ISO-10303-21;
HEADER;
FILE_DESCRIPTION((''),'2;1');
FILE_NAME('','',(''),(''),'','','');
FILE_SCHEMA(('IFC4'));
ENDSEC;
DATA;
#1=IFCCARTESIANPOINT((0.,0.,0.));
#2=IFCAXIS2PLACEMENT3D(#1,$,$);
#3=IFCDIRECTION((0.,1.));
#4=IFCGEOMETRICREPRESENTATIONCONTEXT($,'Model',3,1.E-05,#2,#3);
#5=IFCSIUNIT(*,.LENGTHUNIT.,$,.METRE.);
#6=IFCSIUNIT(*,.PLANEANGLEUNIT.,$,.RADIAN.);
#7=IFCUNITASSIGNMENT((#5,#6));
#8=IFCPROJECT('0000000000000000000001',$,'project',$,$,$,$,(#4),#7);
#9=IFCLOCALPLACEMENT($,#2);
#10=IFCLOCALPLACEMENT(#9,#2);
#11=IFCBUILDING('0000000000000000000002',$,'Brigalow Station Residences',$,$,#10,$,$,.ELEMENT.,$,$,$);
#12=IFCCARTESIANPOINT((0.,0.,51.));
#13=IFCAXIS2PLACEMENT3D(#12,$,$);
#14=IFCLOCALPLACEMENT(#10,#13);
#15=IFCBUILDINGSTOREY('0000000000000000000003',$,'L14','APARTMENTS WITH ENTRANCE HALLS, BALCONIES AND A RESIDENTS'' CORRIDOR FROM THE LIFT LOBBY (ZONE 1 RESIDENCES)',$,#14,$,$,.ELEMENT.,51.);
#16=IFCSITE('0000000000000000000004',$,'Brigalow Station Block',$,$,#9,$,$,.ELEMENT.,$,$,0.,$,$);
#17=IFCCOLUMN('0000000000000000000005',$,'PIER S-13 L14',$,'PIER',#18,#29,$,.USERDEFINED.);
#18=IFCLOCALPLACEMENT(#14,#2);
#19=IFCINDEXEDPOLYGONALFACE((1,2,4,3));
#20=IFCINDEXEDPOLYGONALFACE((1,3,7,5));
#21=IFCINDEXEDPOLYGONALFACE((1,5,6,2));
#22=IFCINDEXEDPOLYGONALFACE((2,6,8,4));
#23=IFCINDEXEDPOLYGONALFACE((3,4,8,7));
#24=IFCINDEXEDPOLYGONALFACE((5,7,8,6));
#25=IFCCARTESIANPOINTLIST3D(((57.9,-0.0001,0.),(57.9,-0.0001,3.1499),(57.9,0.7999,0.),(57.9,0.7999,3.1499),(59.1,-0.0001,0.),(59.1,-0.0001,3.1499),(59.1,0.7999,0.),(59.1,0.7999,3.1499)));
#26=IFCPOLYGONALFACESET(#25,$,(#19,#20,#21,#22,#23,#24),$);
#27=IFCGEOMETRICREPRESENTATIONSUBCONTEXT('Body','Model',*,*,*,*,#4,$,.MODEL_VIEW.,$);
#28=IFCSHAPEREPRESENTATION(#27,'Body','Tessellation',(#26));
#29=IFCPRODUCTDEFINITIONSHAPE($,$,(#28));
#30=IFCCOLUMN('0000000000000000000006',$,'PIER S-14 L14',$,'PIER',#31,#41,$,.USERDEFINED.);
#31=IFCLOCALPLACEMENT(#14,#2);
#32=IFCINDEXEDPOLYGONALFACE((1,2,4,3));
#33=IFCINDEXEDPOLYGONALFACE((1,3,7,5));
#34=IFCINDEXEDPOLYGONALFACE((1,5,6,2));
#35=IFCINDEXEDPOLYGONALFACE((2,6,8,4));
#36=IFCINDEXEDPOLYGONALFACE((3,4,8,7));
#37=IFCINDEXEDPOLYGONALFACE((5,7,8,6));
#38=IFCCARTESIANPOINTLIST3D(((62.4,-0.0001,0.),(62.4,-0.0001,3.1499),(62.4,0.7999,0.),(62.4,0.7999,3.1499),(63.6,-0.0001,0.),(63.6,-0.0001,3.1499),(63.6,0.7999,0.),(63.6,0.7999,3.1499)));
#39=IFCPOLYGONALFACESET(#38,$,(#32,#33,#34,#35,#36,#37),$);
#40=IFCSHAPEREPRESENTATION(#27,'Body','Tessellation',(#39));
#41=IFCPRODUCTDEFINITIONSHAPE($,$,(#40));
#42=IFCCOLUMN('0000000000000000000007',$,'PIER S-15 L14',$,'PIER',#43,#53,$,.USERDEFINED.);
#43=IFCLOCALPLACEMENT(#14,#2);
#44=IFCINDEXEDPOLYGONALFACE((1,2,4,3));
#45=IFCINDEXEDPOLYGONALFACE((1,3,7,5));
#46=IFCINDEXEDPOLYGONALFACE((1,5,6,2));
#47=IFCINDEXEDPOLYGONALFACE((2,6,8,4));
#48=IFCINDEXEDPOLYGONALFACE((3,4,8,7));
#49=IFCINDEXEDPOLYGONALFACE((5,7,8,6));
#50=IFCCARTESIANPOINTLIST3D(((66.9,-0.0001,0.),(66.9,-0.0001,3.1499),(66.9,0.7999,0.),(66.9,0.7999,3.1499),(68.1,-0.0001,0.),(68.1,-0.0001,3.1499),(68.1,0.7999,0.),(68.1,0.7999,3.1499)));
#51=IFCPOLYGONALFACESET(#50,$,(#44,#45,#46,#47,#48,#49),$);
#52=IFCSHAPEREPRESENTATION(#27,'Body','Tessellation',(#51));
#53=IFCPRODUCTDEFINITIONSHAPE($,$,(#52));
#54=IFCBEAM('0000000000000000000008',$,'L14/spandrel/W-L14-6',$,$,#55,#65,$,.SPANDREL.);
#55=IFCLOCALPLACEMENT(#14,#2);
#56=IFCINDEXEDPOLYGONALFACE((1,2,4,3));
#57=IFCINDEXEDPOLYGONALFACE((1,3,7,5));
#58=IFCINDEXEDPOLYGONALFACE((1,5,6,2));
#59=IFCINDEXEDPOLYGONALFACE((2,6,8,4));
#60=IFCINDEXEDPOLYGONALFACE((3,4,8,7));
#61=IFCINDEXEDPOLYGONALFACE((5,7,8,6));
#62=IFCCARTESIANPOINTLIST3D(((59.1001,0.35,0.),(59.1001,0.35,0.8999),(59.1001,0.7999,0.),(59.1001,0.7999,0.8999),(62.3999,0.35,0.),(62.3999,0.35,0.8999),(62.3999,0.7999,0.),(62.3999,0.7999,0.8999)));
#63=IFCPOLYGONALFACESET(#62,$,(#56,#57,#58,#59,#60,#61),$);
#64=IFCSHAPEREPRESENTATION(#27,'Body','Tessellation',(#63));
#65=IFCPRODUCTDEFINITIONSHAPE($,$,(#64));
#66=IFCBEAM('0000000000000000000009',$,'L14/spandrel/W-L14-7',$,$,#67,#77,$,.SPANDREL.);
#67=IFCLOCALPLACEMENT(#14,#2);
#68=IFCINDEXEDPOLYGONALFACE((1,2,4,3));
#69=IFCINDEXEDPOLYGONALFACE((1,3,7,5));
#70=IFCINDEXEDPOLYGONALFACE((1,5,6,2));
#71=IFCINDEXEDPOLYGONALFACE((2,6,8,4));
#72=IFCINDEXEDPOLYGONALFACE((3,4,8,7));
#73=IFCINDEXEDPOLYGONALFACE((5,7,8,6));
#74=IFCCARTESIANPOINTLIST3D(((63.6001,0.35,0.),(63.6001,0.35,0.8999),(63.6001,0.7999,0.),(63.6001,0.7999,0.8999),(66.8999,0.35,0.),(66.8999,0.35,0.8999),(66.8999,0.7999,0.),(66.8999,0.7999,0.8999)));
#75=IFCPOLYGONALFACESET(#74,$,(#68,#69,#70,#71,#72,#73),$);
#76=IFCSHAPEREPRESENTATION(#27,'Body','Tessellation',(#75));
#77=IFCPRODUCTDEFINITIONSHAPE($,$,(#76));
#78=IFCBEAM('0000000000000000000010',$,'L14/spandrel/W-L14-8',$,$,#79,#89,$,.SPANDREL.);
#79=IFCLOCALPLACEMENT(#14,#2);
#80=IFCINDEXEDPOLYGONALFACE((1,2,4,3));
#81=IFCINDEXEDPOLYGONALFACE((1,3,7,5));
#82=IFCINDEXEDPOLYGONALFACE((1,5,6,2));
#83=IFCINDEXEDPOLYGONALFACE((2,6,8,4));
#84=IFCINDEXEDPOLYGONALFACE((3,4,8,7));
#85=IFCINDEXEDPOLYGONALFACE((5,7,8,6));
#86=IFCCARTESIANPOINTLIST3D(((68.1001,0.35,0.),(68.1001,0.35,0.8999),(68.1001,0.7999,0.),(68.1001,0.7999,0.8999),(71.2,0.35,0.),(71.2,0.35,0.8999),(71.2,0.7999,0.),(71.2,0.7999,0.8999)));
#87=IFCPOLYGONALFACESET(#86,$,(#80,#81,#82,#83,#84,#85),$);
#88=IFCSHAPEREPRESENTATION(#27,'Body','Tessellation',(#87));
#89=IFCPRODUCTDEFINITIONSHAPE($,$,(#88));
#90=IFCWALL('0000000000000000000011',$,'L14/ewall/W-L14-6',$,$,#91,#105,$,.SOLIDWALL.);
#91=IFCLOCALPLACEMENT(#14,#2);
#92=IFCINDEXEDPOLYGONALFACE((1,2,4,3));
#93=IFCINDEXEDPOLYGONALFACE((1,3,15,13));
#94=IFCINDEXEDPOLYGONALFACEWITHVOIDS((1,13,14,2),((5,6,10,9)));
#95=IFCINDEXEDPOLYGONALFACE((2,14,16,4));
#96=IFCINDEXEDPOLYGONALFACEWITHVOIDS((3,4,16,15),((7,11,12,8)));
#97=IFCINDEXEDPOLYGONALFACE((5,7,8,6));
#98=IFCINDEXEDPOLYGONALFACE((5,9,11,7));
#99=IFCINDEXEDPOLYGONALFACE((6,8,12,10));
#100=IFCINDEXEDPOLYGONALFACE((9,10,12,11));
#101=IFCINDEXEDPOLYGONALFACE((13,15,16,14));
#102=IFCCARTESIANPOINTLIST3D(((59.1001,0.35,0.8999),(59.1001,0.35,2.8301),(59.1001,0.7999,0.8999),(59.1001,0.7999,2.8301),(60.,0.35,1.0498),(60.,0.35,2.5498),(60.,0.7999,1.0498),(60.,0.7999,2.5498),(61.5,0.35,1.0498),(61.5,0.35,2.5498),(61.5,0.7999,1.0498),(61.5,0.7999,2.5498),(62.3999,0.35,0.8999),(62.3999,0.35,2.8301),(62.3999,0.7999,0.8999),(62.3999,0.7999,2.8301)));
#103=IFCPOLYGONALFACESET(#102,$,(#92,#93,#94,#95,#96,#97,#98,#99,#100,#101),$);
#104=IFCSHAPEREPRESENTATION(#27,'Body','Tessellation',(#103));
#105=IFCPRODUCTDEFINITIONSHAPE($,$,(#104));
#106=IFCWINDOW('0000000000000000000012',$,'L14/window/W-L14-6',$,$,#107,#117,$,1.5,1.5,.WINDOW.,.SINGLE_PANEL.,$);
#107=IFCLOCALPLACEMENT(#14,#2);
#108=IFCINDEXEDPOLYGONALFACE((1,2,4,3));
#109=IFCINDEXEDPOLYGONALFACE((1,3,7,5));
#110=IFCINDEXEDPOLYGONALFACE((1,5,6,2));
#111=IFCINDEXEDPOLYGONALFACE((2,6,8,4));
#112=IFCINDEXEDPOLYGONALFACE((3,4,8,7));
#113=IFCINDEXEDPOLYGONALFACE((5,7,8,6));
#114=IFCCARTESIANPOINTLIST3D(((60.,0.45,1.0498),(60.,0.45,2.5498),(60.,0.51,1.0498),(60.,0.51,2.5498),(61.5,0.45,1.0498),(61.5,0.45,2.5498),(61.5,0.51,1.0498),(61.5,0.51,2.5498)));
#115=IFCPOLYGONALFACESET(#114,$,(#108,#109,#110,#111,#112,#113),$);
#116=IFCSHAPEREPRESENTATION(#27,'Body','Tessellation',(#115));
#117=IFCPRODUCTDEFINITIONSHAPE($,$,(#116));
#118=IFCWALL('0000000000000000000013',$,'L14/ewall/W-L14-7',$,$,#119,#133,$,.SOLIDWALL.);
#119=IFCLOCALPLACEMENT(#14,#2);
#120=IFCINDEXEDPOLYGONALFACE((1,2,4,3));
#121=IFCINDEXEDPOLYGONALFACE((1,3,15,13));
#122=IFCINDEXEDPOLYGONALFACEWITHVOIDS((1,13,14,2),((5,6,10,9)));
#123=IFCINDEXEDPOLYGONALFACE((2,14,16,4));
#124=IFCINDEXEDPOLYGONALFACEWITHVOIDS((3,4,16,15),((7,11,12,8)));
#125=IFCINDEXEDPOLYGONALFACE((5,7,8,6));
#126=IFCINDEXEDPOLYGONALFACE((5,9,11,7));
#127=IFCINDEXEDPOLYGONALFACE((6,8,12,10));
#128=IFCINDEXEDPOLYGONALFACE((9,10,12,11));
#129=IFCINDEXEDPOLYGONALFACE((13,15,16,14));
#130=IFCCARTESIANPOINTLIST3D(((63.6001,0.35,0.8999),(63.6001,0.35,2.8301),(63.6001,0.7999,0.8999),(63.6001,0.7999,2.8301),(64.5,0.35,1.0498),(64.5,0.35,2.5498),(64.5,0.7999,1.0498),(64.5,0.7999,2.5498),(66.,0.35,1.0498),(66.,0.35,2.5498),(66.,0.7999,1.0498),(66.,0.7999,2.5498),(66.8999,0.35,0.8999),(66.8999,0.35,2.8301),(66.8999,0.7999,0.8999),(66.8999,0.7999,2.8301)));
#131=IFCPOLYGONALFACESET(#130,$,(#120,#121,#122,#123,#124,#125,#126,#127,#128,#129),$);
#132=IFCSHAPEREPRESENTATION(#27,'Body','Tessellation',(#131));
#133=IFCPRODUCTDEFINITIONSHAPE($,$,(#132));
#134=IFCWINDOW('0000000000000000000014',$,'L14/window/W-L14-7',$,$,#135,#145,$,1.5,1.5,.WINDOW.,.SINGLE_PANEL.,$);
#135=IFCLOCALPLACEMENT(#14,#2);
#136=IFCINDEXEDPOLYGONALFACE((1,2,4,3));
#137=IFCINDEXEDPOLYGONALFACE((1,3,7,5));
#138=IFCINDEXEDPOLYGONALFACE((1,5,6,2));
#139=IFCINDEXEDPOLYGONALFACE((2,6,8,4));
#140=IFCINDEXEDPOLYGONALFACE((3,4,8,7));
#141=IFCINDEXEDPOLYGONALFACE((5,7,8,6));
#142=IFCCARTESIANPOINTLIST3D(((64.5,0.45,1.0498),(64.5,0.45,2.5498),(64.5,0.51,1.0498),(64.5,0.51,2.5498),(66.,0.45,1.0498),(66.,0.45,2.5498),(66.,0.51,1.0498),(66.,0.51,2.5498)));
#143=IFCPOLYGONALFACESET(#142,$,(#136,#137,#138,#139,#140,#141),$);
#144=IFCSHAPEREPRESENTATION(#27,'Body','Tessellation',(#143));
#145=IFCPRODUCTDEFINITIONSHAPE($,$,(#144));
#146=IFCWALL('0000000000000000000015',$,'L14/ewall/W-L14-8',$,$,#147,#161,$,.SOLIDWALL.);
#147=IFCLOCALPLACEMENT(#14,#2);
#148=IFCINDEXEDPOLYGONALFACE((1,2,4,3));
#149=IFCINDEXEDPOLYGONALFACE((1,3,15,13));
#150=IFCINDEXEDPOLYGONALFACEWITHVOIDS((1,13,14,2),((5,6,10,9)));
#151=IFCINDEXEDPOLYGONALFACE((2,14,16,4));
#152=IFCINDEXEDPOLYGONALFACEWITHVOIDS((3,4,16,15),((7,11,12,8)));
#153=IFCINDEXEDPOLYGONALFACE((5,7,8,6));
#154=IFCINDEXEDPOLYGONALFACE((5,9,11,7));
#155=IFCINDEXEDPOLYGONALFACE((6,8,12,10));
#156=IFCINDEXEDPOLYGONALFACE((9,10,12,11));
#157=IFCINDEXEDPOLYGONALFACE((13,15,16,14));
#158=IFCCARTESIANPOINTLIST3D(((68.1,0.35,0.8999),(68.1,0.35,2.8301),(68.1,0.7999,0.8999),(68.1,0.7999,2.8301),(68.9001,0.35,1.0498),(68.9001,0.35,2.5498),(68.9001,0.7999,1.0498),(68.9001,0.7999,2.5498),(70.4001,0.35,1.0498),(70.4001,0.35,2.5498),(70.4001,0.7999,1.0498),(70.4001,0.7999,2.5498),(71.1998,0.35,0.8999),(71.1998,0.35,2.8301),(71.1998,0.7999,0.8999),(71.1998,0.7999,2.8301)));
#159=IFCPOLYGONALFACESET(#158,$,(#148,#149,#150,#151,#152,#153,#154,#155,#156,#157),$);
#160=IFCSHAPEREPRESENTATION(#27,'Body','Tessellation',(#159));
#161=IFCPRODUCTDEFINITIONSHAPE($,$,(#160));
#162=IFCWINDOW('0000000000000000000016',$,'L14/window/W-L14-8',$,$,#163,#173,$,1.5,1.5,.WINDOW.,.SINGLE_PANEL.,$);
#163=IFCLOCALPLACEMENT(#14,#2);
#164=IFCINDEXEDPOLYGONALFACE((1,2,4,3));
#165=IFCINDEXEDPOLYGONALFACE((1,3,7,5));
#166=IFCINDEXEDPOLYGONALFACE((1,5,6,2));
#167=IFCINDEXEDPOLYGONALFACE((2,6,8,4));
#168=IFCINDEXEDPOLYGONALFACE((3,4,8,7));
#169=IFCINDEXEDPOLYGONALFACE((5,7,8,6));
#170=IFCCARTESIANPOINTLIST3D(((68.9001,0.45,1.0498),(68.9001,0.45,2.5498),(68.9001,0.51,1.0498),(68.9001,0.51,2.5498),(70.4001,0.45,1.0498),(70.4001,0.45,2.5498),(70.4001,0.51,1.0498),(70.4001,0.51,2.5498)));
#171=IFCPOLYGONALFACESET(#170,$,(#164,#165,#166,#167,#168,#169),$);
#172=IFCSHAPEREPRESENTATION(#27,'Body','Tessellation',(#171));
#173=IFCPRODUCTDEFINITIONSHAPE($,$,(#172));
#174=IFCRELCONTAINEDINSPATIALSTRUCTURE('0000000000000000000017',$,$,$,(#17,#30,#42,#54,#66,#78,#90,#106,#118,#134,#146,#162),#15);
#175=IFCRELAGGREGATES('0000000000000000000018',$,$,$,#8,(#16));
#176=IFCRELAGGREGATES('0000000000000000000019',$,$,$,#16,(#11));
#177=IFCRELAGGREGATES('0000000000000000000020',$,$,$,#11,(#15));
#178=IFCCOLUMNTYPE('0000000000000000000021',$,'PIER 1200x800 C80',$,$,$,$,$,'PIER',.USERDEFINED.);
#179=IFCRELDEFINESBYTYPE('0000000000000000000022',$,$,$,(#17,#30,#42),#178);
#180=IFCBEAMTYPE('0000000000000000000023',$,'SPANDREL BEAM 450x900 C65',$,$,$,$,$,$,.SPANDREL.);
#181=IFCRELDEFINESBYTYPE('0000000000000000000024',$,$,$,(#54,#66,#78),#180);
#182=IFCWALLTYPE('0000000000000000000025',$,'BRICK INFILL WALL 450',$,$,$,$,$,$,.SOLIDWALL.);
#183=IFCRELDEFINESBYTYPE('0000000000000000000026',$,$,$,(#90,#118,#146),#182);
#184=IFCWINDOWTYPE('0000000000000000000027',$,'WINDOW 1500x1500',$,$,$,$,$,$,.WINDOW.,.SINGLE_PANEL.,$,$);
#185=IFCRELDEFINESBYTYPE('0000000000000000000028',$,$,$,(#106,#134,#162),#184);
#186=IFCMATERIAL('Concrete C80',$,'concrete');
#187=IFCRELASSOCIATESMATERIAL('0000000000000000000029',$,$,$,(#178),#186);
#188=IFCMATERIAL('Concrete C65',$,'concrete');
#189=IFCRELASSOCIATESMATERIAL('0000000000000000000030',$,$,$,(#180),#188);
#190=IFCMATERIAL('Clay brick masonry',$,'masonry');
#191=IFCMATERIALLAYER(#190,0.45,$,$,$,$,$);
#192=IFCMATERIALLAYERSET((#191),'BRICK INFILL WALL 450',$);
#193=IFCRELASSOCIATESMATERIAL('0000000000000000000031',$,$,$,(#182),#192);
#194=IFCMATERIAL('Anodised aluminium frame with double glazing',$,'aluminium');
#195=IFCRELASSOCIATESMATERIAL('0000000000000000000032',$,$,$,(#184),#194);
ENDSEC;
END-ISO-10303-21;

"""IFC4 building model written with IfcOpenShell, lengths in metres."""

from ifc_helpers import new_model, si_unit, direction, frame, frame_2d, origin, origin_2d, place, context, subcontext, project, spatial, rectangle, extrude, material, layer, layer_set, material_profile, profile_set, type_object, element, fill, save


model = new_model("IFC4")

# Units and contexts
model_context = context("Model", 3, precision=1e-05, world=origin(), true_north=direction((0.0, 1.0)))
body_context = subcontext(model_context, "Body", "Model", "MODEL_VIEW")
ifc_project = project(units=[si_unit("LENGTHUNIT", "METRE"), si_unit("PLANEANGLEUNIT", "RADIAN")], contexts=[model_context])

# Site, building, storey
site_placement = place(None, origin())
site = spatial("IfcSite", under=ifc_project, at=site_placement, Name="Brigalow Station Block", CompositionType="ELEMENT", RefElevation=0.0)
building_placement = place(site_placement, origin())
building = spatial("IfcBuilding", under=site, at=building_placement, Name="Brigalow Station Residences", CompositionType="ELEMENT")
storey_placement = place(building_placement, frame((0.0, 0.0, 51.0)))
storey = spatial("IfcBuildingStorey", under=building, at=storey_placement, Name="L14", Description="APARTMENTS WITH ENTRANCE HALLS, BALCONIES AND A RESIDENTS' CORRIDOR FROM THE LIFT LOBBY (ZONE 1 RESIDENCES)", CompositionType="ELEMENT", Elevation=51.0)

# Columns
ifc_material_1 = material(Name="Concrete C80", Category="concrete")
ifc_material_profile_1 = material_profile(ifc_material_1, rectangle(XDim=1.2, YDim=0.8, at=origin_2d()), Name="RC1200x800")
ifc_profile_set_1 = profile_set([ifc_material_profile_1], Name="Concrete C80")
column_type = type_object("IfcColumnType", Name="PIER 1200x800 C80", ElementType="PIER", PredefinedType="USERDEFINED", material=ifc_profile_set_1)
for number, where, z_axis, x_axis, name in (
    (1, (58.5, 0.3999, 0.0), (0.0, 0.0, 1.0), (1.0, 0.0, 0.0), "PIER S-13 L14"),
    (2, (63.0, 0.3999, 0.0), (0.0, 0.0, 1.0), (1.0, 0.0, 0.0), "PIER S-14 L14"),
    (3, (67.5, 0.3999, 0.0), (0.0, 0.0, 1.0), (1.0, 0.0, 0.0), "PIER S-15 L14"),
):
    element("IfcColumn", number, at=place(storey_placement, frame(where, z_axis=z_axis, x_axis=x_axis)), inside=storey, type_object=column_type, Name=name, ObjectType="PIER", PredefinedType="USERDEFINED", context=body_context, shape_type="SweptSolid", body=[
        extrude(rectangle(XDim=1.2, YDim=0.8, at=origin_2d()), origin(), (0.0, 0.0, 1.0), 3.1499),
    ])

# Beams
ifc_material_2 = material(Name="Concrete C65", Category="concrete")
ifc_material_profile_2 = material_profile(ifc_material_2, rectangle(XDim=0.45, YDim=0.8999, at=origin_2d()), Name="RC450x900")
ifc_profile_set_2 = profile_set([ifc_material_profile_2], Name="Concrete C65")
beam_type = type_object("IfcBeamType", Name="SPANDREL BEAM 450x900 C65", PredefinedType="SPANDREL", material=ifc_profile_set_2)
for number, where, z_axis, x_axis, name in (
    (4, (59.1001, 0.575, 0.45), (1.0, 0.0, 0.0), (0.0, 1.0, 0.0), "L14/spandrel/W-L14-6"),
    (5, (63.6001, 0.575, 0.45), (1.0, 0.0, 0.0), (0.0, 1.0, 0.0), "L14/spandrel/W-L14-7"),
):
    element("IfcBeam", number, at=place(storey_placement, frame(where, z_axis=z_axis, x_axis=x_axis)), inside=storey, type_object=beam_type, Name=name, PredefinedType="SPANDREL", context=body_context, shape_type="SweptSolid", body=[
        extrude(rectangle(XDim=0.45, YDim=0.8999, at=origin_2d()), origin(), (0.0, 0.0, 1.0), 3.2998),
    ])
beam_placement = place(storey_placement, frame((68.1001, 0.575, 0.45), z_axis=(1.0, 0.0, 0.0), x_axis=(0.0, 1.0, 0.0)))
element("IfcBeam", 6, at=beam_placement, inside=storey, type_object=beam_type, Name="L14/spandrel/W-L14-8", PredefinedType="SPANDREL", context=body_context, shape_type="SweptSolid", body=[
    extrude(rectangle(XDim=0.45, YDim=0.8999, at=origin_2d()), origin(), (0.0, 0.0, 1.0), 3.0999),
])

# Walls, openings, windows
ifc_material_3 = material(Name="Clay brick masonry", Category="masonry")
ifc_layer_1 = layer(ifc_material_3, 0.45)
ifc_layer_set_1 = layer_set([ifc_layer_1], Name="BRICK INFILL WALL 450")
wall_type_1 = type_object("IfcWallType", Name="BRICK INFILL WALL 450", PredefinedType="SOLIDWALL", material=ifc_layer_set_1)
wall_1_placement = place(storey_placement, frame((59.1001, 0.575, 0.8999), z_axis=(0.0, 0.0, 1.0), x_axis=(1.0, 0.0, 0.0)))
wall_1 = element("IfcWall", 7, at=wall_1_placement, inside=storey, type_object=wall_type_1, Name="L14/ewall/W-L14-6", PredefinedType="SOLIDWALL", context=body_context, shape_type="SweptSolid", body=[
    extrude(rectangle(XDim=3.2998, YDim=0.45, at=frame_2d((1.6499, 0.0))), origin(), (0.0, 0.0, 1.0), 1.9302),
])
opening_1_placement = place(wall_1_placement, frame((0.8999, 0.0, 0.1499)))
opening_1 = element("IfcOpeningElement", 8, at=opening_1_placement, cuts=wall_1, PredefinedType="OPENING", context=body_context, shape_type="SweptSolid", body=[
    extrude(rectangle(XDim=1.5, YDim=1.5, at=frame_2d((0.75, 0.75))), frame((0.0, 0.2349, 0.0), z_axis=(0.0, -1.0, 0.0), x_axis=(1.0, 0.0, 0.0)), (0.0, 0.0, 1.0), 0.47),
])
ifc_material_4 = material(Name="Anodised aluminium frame with double glazing", Category="aluminium")
window_type = type_object("IfcWindowType", Name="WINDOW 1500x1500", PartitioningType="SINGLE_PANEL", PredefinedType="WINDOW", material=ifc_material_4)
window_1_placement = place(opening_1_placement, origin())
window_1 = element("IfcWindow", 9, at=window_1_placement, inside=storey, type_object=window_type, Name="L14/window/W-L14-6", OverallHeight=1.5, OverallWidth=1.5, PartitioningType="SINGLE_PANEL", PredefinedType="WINDOW", context=body_context, shape_type="SweptSolid", body=[
    extrude(rectangle(XDim=1.5, YDim=1.5, at=frame_2d((0.75, 0.75))), frame((0.0, -0.0649, 0.0), z_axis=(0.0, -1.0, 0.0), x_axis=(1.0, 0.0, 0.0)), (0.0, 0.0, 1.0), 0.0601),
])
fill(opening_1, window_1)
wall_2_placement = place(storey_placement, frame((63.6001, 0.575, 0.8999), z_axis=(0.0, 0.0, 1.0), x_axis=(1.0, 0.0, 0.0)))
wall_2 = element("IfcWall", 10, at=wall_2_placement, inside=storey, type_object=wall_type_1, Name="L14/ewall/W-L14-7", PredefinedType="SOLIDWALL", context=body_context, shape_type="SweptSolid", body=[
    extrude(rectangle(XDim=3.2998, YDim=0.45, at=frame_2d((1.6499, 0.0))), origin(), (0.0, 0.0, 1.0), 1.9302),
])
opening_2_placement = place(wall_2_placement, frame((0.8999, 0.0, 0.1499)))
opening_2 = element("IfcOpeningElement", 11, at=opening_2_placement, cuts=wall_2, PredefinedType="OPENING", context=body_context, shape_type="SweptSolid", body=[
    extrude(rectangle(XDim=1.5, YDim=1.5, at=frame_2d((0.75, 0.75))), frame((0.0, 0.2349, 0.0), z_axis=(0.0, -1.0, 0.0), x_axis=(1.0, 0.0, 0.0)), (0.0, 0.0, 1.0), 0.47),
])
window_2_placement = place(opening_2_placement, origin())
window_2 = element("IfcWindow", 12, at=window_2_placement, inside=storey, type_object=window_type, Name="L14/window/W-L14-7", OverallHeight=1.5, OverallWidth=1.5, PartitioningType="SINGLE_PANEL", PredefinedType="WINDOW", context=body_context, shape_type="SweptSolid", body=[
    extrude(rectangle(XDim=1.5, YDim=1.5, at=frame_2d((0.75, 0.75))), frame((0.0, -0.0649, 0.0), z_axis=(0.0, -1.0, 0.0), x_axis=(1.0, 0.0, 0.0)), (0.0, 0.0, 1.0), 0.0601),
])
fill(opening_2, window_2)
wall_3_placement = place(storey_placement, frame((68.1001, 0.575, 0.8999), z_axis=(0.0, 0.0, 1.0), x_axis=(1.0, 0.0, 0.0)))
wall_3 = element("IfcWall", 13, at=wall_3_placement, inside=storey, type_object=wall_type_1, Name="L14/ewall/W-L14-8", PredefinedType="SOLIDWALL", context=body_context, shape_type="SweptSolid", body=[
    extrude(rectangle(XDim=3.0999, YDim=0.45, at=frame_2d((1.5498, 0.0))), origin(), (0.0, 0.0, 1.0), 1.9302),
])
opening_3_placement = place(wall_3_placement, frame((0.8, 0.0, 0.1499)))
opening_3 = element("IfcOpeningElement", 14, at=opening_3_placement, cuts=wall_3, PredefinedType="OPENING", context=body_context, shape_type="SweptSolid", body=[
    extrude(rectangle(XDim=1.5, YDim=1.5, at=frame_2d((0.75, 0.75))), frame((0.0, 0.2349, 0.0), z_axis=(0.0, -1.0, 0.0), x_axis=(1.0, 0.0, 0.0)), (0.0, 0.0, 1.0), 0.47),
])
window_3_placement = place(opening_3_placement, origin())
window_3 = element("IfcWindow", 15, at=window_3_placement, inside=storey, type_object=window_type, Name="L14/window/W-L14-8", OverallHeight=1.5, OverallWidth=1.5, PartitioningType="SINGLE_PANEL", PredefinedType="WINDOW", context=body_context, shape_type="SweptSolid", body=[
    extrude(rectangle(XDim=1.5, YDim=1.5, at=frame_2d((0.75, 0.75))), frame((0.0, -0.0649, 0.0), z_axis=(0.0, -1.0, 0.0), x_axis=(1.0, 0.0, 0.0)), (0.0, 0.0, 1.0), 0.0601),
])
fill(opening_3, window_3)

save(model, "model.ifc")
